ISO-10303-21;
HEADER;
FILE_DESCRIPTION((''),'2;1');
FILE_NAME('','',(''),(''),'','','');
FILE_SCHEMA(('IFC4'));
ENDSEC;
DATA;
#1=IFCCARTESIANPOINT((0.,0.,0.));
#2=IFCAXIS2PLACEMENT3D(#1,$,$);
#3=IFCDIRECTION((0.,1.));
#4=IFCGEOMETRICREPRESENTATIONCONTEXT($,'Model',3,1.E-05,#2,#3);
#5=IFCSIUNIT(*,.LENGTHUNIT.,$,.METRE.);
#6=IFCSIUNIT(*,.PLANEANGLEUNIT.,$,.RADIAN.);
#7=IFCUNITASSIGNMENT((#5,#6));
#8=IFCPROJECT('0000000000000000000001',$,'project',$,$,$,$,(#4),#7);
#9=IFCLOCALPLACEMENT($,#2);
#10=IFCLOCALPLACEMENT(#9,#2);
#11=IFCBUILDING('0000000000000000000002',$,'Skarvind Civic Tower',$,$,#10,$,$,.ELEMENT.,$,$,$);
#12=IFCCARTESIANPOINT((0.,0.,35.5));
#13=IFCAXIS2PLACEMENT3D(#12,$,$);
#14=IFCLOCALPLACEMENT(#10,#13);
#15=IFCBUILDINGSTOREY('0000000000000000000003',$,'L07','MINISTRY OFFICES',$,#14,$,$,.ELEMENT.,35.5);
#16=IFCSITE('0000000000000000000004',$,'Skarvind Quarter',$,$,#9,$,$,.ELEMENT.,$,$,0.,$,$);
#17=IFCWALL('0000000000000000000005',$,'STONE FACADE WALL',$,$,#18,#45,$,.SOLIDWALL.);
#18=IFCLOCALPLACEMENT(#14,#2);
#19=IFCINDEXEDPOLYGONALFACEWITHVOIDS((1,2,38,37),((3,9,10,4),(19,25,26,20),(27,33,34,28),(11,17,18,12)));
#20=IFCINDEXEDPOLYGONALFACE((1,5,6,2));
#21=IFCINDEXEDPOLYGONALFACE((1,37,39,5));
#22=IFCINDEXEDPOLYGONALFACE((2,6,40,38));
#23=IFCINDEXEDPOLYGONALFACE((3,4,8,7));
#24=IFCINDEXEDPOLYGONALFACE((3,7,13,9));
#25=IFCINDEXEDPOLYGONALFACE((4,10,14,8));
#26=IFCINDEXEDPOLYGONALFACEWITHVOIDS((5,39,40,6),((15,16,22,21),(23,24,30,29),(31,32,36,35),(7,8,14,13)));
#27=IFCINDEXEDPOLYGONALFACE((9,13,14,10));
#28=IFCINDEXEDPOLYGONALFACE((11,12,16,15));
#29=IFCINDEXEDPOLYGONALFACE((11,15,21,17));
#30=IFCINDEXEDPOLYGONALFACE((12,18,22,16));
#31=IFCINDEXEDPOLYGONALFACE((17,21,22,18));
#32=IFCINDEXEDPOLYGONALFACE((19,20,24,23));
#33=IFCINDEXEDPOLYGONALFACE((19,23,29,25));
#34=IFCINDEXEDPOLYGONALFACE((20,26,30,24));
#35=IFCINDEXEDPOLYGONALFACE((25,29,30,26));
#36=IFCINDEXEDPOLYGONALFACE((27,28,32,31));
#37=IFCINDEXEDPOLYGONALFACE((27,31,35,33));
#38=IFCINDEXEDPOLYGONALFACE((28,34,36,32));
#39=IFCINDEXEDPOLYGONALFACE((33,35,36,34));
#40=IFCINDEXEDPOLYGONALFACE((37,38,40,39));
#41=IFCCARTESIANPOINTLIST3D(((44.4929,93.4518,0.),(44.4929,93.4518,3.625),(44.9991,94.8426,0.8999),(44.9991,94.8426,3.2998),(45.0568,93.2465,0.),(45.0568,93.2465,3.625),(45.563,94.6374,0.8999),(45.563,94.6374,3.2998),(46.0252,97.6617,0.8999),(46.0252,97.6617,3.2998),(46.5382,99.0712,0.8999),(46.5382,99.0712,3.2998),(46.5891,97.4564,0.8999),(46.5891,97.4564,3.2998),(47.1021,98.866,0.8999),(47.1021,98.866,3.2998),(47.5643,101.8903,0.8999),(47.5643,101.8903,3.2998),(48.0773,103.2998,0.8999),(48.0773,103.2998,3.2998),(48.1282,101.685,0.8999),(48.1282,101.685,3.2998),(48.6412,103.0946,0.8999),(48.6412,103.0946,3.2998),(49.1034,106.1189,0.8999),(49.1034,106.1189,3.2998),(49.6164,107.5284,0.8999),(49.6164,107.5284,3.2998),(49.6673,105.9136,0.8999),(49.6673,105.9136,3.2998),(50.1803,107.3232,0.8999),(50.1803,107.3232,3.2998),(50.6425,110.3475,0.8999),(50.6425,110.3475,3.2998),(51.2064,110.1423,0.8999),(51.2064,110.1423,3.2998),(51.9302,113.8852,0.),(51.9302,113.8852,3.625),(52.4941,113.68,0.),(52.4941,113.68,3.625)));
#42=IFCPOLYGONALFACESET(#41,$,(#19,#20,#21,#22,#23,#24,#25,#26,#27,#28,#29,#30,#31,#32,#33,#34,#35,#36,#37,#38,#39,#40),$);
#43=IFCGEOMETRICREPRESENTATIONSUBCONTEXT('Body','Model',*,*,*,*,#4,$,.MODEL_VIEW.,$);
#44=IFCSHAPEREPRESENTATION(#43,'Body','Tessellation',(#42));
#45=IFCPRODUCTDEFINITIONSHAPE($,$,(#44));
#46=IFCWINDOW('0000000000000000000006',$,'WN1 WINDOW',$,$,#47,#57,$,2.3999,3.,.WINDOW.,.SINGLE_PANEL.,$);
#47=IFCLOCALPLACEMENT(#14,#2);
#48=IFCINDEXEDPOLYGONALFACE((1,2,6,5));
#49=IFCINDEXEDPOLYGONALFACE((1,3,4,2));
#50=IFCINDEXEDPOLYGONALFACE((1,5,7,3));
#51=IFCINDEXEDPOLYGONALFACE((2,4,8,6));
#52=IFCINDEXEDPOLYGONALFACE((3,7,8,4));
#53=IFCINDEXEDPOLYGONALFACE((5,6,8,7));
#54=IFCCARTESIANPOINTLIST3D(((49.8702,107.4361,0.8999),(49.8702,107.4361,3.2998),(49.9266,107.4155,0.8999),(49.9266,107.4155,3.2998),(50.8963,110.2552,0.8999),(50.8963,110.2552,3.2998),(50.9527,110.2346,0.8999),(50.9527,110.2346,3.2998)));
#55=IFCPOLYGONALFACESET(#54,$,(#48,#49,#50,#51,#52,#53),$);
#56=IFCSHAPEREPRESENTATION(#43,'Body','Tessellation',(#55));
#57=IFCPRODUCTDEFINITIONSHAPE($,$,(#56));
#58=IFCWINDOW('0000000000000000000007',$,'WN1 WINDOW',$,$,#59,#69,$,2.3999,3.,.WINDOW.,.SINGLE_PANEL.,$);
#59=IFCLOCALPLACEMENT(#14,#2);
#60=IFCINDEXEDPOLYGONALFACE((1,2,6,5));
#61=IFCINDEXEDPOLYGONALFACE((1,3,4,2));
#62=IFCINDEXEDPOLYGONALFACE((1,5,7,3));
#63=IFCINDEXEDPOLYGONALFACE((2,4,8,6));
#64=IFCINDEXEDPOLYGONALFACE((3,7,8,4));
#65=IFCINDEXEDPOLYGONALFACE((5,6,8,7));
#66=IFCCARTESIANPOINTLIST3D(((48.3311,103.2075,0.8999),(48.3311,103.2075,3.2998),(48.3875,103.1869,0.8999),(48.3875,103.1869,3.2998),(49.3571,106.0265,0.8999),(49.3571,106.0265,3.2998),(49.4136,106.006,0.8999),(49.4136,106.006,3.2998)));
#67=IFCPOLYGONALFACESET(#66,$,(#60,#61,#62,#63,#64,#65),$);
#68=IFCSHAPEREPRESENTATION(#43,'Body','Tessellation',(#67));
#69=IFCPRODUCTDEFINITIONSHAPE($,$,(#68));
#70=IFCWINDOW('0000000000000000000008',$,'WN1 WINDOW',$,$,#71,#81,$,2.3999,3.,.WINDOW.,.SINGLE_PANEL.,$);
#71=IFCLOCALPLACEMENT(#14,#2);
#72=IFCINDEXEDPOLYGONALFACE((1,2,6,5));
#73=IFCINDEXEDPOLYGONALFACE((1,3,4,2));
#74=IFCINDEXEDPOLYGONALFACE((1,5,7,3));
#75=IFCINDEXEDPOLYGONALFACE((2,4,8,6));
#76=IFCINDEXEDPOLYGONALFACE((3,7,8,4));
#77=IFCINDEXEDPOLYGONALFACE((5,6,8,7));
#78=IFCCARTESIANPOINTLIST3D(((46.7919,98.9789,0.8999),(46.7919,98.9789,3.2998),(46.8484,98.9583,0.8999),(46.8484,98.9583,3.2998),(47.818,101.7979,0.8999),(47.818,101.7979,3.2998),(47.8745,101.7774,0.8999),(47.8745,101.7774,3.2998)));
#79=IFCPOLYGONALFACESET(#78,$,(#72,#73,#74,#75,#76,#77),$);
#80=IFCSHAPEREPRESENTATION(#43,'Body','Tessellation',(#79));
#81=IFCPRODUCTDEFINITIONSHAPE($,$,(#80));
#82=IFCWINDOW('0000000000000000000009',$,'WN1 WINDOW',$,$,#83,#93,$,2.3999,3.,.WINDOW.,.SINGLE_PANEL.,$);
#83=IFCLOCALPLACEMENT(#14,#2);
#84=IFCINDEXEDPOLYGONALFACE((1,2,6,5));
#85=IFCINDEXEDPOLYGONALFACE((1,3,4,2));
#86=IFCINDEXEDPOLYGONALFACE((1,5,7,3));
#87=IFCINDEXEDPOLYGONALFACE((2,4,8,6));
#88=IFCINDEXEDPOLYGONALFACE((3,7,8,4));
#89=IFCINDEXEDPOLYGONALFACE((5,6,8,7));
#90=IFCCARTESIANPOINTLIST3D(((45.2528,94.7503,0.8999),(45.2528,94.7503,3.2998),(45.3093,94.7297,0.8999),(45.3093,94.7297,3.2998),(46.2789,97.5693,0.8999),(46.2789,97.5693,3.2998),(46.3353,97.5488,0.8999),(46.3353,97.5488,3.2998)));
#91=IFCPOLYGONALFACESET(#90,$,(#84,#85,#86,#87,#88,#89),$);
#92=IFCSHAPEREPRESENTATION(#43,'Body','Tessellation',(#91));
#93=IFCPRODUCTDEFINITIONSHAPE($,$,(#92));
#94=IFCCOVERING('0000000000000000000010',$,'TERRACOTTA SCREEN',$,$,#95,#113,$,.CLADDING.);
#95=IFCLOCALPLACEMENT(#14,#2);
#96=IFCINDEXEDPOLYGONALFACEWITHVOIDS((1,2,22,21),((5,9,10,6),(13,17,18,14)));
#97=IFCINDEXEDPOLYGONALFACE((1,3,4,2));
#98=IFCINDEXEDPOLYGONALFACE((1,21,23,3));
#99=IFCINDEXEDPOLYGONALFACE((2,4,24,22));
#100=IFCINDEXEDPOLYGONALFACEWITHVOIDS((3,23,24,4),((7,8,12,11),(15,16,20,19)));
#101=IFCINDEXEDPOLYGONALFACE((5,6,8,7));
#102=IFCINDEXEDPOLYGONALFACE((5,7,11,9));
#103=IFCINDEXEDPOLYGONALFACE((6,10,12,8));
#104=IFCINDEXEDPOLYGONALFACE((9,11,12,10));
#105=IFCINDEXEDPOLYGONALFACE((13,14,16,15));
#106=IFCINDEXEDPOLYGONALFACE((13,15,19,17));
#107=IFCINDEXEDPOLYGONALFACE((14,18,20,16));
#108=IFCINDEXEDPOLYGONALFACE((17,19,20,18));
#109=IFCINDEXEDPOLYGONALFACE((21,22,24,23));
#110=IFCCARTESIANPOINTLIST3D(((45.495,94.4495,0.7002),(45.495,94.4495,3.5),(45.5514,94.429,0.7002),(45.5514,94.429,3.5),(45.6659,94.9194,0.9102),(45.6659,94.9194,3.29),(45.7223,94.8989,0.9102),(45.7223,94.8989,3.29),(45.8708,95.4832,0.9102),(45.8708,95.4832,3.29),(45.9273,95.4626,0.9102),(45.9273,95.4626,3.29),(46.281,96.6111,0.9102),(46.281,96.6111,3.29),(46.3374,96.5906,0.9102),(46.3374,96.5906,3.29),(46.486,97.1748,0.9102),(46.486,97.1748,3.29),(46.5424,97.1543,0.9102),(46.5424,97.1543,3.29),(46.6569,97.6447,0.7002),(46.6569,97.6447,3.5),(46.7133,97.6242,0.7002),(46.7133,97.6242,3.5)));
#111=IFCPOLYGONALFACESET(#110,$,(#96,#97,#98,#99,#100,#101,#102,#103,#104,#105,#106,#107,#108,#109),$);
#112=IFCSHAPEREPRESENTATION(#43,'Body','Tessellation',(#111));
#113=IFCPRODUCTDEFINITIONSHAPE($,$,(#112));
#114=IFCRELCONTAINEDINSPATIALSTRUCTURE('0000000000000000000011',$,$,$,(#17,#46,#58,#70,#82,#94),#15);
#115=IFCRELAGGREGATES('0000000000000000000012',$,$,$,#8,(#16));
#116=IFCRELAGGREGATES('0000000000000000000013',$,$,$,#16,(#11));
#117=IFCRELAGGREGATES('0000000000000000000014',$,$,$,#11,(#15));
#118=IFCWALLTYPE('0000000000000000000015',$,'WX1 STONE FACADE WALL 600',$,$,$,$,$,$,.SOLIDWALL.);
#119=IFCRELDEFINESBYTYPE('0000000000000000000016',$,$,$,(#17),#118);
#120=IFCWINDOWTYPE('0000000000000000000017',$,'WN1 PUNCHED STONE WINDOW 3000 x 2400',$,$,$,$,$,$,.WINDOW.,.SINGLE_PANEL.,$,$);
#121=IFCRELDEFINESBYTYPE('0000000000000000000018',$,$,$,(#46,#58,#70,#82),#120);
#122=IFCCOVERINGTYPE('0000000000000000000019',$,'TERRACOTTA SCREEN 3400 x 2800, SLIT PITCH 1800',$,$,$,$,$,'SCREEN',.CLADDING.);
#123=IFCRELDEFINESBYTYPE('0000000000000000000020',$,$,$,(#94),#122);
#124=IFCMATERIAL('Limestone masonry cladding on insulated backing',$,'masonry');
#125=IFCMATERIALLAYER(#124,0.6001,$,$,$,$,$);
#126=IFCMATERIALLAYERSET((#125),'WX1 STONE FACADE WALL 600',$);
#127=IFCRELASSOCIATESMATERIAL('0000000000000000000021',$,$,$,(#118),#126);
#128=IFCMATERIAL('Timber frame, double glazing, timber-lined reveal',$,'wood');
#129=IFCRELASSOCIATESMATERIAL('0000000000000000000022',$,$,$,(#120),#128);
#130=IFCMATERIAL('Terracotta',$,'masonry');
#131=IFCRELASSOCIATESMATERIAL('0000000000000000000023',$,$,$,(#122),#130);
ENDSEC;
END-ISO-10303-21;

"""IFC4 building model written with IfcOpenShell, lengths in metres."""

from ifc_helpers import new_model, si_unit, direction, frame, frame_2d, origin, place, context, subcontext, project, spatial, polyline, rectangle, outline, extrude, material, layer, layer_set, material_profile, profile_set, type_object, element, fill, save


model = new_model("IFC4")

# Units and contexts
model_context = context("Model", 3, precision=1e-05, world=origin(), true_north=direction((0.0, 1.0)))
body_context = subcontext(model_context, "Body", "Model", "MODEL_VIEW")
ifc_project = project(units=[si_unit("LENGTHUNIT", "METRE"), si_unit("PLANEANGLEUNIT", "RADIAN")], contexts=[model_context])

# Site, building, storey
site_placement = place(None, origin())
site = spatial("IfcSite", under=ifc_project, at=site_placement, Name="Skarvind Quarter", CompositionType="ELEMENT", RefElevation=0.0)
building_placement = place(site_placement, origin())
building = spatial("IfcBuilding", under=site, at=building_placement, Name="Skarvind Civic Tower", CompositionType="ELEMENT")
storey_placement = place(building_placement, frame((0.0, 0.0, 35.5)))
storey = spatial("IfcBuildingStorey", under=building, at=storey_placement, Name="L07", Description="MINISTRY OFFICES", CompositionType="ELEMENT", Elevation=35.5)

# Wall, openings, windows
ifc_material_1 = material(Name="Limestone masonry cladding on insulated backing", Category="masonry")
ifc_layer_1 = layer(ifc_material_1, 0.6001)
ifc_layer_set_1 = layer_set([ifc_layer_1], Name="WX1 STONE FACADE WALL 600")
wall_type_1 = type_object("IfcWallType", Name="WX1 STONE FACADE WALL 600", PredefinedType="SOLIDWALL", material=ifc_layer_set_1)
wall_1_placement = place(storey_placement, frame((52.2122, 113.7827, 0.0), z_axis=(0.0, 0.0, 1.0), x_axis=(-0.342025, -0.939691, 0.0)))
wall_1 = element("IfcWall", 1, at=wall_1_placement, inside=storey, type_object=wall_type_1, Name="STONE FACADE WALL", PredefinedType="SOLIDWALL", context=body_context, shape_type="SweptSolid", body=[
    extrude(rectangle(XDim=21.7449, YDim=0.6001, at=frame_2d((10.8726, 0.0))), origin(), (0.0, 0.0, 1.0), 3.625),
])
opening_1_placement = place(wall_1_placement, frame((3.7649, 0.0, 0.8999)))
opening_1 = element("IfcOpeningElement", 2, at=opening_1_placement, cuts=wall_1, PredefinedType="OPENING", context=body_context, shape_type="SweptSolid", body=[
    extrude(rectangle(XDim=3.0, YDim=2.3999, at=frame_2d((1.5, 1.2))), frame((0.0, 0.3101, 0.0), z_axis=(0.0, -1.0, 0.0), x_axis=(1.0, 0.0, 0.0)), (0.0, 0.0, 1.0), 0.6201),
])
opening_2_placement = place(wall_1_placement, frame((8.2649, 0.0, 0.8999)))
opening_2 = element("IfcOpeningElement", 3, at=opening_2_placement, cuts=wall_1, PredefinedType="OPENING", context=body_context, shape_type="SweptSolid", body=[
    extrude(rectangle(XDim=3.0, YDim=2.3999, at=frame_2d((1.5, 1.2))), frame((0.0, 0.3101, 0.0), z_axis=(0.0, -1.0, 0.0), x_axis=(1.0, 0.0, 0.0)), (0.0, 0.0, 1.0), 0.6201),
])
opening_3_placement = place(wall_1_placement, frame((12.7649, 0.0, 0.8999)))
opening_3 = element("IfcOpeningElement", 4, at=opening_3_placement, cuts=wall_1, PredefinedType="OPENING", context=body_context, shape_type="SweptSolid", body=[
    extrude(rectangle(XDim=3.0, YDim=2.3999, at=frame_2d((1.5, 1.2))), frame((0.0, 0.3101, 0.0), z_axis=(0.0, -1.0, 0.0), x_axis=(1.0, 0.0, 0.0)), (0.0, 0.0, 1.0), 0.6201),
])
opening_4_placement = place(wall_1_placement, frame((17.2649, 0.0, 0.8999)))
opening_4 = element("IfcOpeningElement", 5, at=opening_4_placement, cuts=wall_1, PredefinedType="OPENING", context=body_context, shape_type="SweptSolid", body=[
    extrude(rectangle(XDim=3.0, YDim=2.3999, at=frame_2d((1.5, 1.2))), frame((0.0, 0.3101, 0.0), z_axis=(0.0, -1.0, 0.0), x_axis=(1.0, 0.0, 0.0)), (0.0, 0.0, 1.0), 0.6201),
])
ifc_material_2 = material(Name="Timber frame, double glazing, timber-lined reveal", Category="wood")
window_type = type_object("IfcWindowType", Name="WN1 PUNCHED STONE WINDOW 3000 x 2400", PartitioningType="SINGLE_PANEL", PredefinedType="WINDOW", material=ifc_material_2)
window_1_placement = place(opening_1_placement, origin())
window_1 = element("IfcWindow", 6, at=window_1_placement, inside=storey, type_object=window_type, Name="WN1 WINDOW", OverallHeight=2.3999, OverallWidth=3.0, PartitioningType="SINGLE_PANEL", PredefinedType="WINDOW", context=body_context, shape_type="SweptSolid", body=[
    extrude(rectangle(XDim=3.0, YDim=2.3999, at=frame_2d((1.5, 1.2))), frame((0.0, 0.03, 0.0), z_axis=(0.0, -1.0, 0.0), x_axis=(1.0, 0.0, 0.0)), (0.0, 0.0, 1.0), 0.0601),
])
fill(opening_1, window_1)
window_2_placement = place(opening_2_placement, origin())
window_2 = element("IfcWindow", 7, at=window_2_placement, inside=storey, type_object=window_type, Name="WN1 WINDOW", OverallHeight=2.3999, OverallWidth=3.0, PartitioningType="SINGLE_PANEL", PredefinedType="WINDOW", context=body_context, shape_type="SweptSolid", body=[
    extrude(rectangle(XDim=3.0, YDim=2.3999, at=frame_2d((1.5, 1.2))), frame((0.0, 0.03, 0.0), z_axis=(0.0, -1.0, 0.0), x_axis=(1.0, 0.0, 0.0)), (0.0, 0.0, 1.0), 0.0601),
])
fill(opening_2, window_2)
window_3_placement = place(opening_3_placement, origin())
window_3 = element("IfcWindow", 8, at=window_3_placement, inside=storey, type_object=window_type, Name="WN1 WINDOW", OverallHeight=2.3999, OverallWidth=3.0, PartitioningType="SINGLE_PANEL", PredefinedType="WINDOW", context=body_context, shape_type="SweptSolid", body=[
    extrude(rectangle(XDim=3.0, YDim=2.3999, at=frame_2d((1.5, 1.2))), frame((0.0, 0.03, 0.0), z_axis=(0.0, -1.0, 0.0), x_axis=(1.0, 0.0, 0.0)), (0.0, 0.0, 1.0), 0.0601),
])
fill(opening_3, window_3)
window_4_placement = place(opening_4_placement, origin())
window_4 = element("IfcWindow", 9, at=window_4_placement, inside=storey, type_object=window_type, Name="WN1 WINDOW", OverallHeight=2.3999, OverallWidth=3.0, PartitioningType="SINGLE_PANEL", PredefinedType="WINDOW", context=body_context, shape_type="SweptSolid", body=[
    extrude(rectangle(XDim=3.0, YDim=2.3999, at=frame_2d((1.5, 1.2))), frame((0.0, 0.03, 0.0), z_axis=(0.0, -1.0, 0.0), x_axis=(1.0, 0.0, 0.0)), (0.0, 0.0, 1.0), 0.0601),
])
fill(opening_4, window_4)

# Covering
ifc_material_3 = material(Name="Terracotta", Category="masonry")
ifc_material_profile_1 = material_profile(ifc_material_3, outline(polyline([(-1.7, -1.3999), (1.7, -1.3999), (1.7, 1.3999), (-1.7, 1.3999), (-1.7, -1.3999)]), holes=[polyline([(-1.2, -1.1899), (-0.6001, -1.1899), (-0.6001, 1.1899), (-1.2, 1.1899), (-1.2, -1.1899)]), polyline([(0.6001, -1.1899), (1.2, -1.1899), (1.2, 1.1899), (0.6001, 1.1899), (0.6001, -1.1899)])]), Name="TERRACOTTA SCREEN 3400 x 2800, SLIT PITCH 1800")
ifc_profile_set_1 = profile_set([ifc_material_profile_1], Name="Terracotta")
covering_type = type_object("IfcCoveringType", Name="TERRACOTTA SCREEN 3400 x 2800, SLIT PITCH 1800", ElementType="SCREEN", PredefinedType="CLADDING", material=ifc_profile_set_1)
covering_placement = place(storey_placement, frame((46.0759, 96.0471, 2.1001), z_axis=(0.939793, -0.341743, 0.0), x_axis=(0.341743, 0.939793, 0.0)))
element("IfcCovering", 10, at=covering_placement, inside=storey, type_object=covering_type, Name="TERRACOTTA SCREEN", PredefinedType="CLADDING", context=body_context, shape_type="SweptSolid", body=[
    extrude(outline(polyline([(-1.7, -1.3999), (1.7, -1.3999), (1.7, 1.3999), (-1.7, 1.3999), (-1.7, -1.3999)]), holes=[polyline([(-1.2, -1.1899), (-0.6001, -1.1899), (-0.6001, 1.1899), (-1.2, 1.1899), (-1.2, -1.1899)]), polyline([(0.6001, -1.1899), (1.2, -1.1899), (1.2, 1.1899), (0.6001, 1.1899), (0.6001, -1.1899)])]), origin(), (0.0, 0.0, 1.0), 0.0601),
])

save(model, "model.ifc")
